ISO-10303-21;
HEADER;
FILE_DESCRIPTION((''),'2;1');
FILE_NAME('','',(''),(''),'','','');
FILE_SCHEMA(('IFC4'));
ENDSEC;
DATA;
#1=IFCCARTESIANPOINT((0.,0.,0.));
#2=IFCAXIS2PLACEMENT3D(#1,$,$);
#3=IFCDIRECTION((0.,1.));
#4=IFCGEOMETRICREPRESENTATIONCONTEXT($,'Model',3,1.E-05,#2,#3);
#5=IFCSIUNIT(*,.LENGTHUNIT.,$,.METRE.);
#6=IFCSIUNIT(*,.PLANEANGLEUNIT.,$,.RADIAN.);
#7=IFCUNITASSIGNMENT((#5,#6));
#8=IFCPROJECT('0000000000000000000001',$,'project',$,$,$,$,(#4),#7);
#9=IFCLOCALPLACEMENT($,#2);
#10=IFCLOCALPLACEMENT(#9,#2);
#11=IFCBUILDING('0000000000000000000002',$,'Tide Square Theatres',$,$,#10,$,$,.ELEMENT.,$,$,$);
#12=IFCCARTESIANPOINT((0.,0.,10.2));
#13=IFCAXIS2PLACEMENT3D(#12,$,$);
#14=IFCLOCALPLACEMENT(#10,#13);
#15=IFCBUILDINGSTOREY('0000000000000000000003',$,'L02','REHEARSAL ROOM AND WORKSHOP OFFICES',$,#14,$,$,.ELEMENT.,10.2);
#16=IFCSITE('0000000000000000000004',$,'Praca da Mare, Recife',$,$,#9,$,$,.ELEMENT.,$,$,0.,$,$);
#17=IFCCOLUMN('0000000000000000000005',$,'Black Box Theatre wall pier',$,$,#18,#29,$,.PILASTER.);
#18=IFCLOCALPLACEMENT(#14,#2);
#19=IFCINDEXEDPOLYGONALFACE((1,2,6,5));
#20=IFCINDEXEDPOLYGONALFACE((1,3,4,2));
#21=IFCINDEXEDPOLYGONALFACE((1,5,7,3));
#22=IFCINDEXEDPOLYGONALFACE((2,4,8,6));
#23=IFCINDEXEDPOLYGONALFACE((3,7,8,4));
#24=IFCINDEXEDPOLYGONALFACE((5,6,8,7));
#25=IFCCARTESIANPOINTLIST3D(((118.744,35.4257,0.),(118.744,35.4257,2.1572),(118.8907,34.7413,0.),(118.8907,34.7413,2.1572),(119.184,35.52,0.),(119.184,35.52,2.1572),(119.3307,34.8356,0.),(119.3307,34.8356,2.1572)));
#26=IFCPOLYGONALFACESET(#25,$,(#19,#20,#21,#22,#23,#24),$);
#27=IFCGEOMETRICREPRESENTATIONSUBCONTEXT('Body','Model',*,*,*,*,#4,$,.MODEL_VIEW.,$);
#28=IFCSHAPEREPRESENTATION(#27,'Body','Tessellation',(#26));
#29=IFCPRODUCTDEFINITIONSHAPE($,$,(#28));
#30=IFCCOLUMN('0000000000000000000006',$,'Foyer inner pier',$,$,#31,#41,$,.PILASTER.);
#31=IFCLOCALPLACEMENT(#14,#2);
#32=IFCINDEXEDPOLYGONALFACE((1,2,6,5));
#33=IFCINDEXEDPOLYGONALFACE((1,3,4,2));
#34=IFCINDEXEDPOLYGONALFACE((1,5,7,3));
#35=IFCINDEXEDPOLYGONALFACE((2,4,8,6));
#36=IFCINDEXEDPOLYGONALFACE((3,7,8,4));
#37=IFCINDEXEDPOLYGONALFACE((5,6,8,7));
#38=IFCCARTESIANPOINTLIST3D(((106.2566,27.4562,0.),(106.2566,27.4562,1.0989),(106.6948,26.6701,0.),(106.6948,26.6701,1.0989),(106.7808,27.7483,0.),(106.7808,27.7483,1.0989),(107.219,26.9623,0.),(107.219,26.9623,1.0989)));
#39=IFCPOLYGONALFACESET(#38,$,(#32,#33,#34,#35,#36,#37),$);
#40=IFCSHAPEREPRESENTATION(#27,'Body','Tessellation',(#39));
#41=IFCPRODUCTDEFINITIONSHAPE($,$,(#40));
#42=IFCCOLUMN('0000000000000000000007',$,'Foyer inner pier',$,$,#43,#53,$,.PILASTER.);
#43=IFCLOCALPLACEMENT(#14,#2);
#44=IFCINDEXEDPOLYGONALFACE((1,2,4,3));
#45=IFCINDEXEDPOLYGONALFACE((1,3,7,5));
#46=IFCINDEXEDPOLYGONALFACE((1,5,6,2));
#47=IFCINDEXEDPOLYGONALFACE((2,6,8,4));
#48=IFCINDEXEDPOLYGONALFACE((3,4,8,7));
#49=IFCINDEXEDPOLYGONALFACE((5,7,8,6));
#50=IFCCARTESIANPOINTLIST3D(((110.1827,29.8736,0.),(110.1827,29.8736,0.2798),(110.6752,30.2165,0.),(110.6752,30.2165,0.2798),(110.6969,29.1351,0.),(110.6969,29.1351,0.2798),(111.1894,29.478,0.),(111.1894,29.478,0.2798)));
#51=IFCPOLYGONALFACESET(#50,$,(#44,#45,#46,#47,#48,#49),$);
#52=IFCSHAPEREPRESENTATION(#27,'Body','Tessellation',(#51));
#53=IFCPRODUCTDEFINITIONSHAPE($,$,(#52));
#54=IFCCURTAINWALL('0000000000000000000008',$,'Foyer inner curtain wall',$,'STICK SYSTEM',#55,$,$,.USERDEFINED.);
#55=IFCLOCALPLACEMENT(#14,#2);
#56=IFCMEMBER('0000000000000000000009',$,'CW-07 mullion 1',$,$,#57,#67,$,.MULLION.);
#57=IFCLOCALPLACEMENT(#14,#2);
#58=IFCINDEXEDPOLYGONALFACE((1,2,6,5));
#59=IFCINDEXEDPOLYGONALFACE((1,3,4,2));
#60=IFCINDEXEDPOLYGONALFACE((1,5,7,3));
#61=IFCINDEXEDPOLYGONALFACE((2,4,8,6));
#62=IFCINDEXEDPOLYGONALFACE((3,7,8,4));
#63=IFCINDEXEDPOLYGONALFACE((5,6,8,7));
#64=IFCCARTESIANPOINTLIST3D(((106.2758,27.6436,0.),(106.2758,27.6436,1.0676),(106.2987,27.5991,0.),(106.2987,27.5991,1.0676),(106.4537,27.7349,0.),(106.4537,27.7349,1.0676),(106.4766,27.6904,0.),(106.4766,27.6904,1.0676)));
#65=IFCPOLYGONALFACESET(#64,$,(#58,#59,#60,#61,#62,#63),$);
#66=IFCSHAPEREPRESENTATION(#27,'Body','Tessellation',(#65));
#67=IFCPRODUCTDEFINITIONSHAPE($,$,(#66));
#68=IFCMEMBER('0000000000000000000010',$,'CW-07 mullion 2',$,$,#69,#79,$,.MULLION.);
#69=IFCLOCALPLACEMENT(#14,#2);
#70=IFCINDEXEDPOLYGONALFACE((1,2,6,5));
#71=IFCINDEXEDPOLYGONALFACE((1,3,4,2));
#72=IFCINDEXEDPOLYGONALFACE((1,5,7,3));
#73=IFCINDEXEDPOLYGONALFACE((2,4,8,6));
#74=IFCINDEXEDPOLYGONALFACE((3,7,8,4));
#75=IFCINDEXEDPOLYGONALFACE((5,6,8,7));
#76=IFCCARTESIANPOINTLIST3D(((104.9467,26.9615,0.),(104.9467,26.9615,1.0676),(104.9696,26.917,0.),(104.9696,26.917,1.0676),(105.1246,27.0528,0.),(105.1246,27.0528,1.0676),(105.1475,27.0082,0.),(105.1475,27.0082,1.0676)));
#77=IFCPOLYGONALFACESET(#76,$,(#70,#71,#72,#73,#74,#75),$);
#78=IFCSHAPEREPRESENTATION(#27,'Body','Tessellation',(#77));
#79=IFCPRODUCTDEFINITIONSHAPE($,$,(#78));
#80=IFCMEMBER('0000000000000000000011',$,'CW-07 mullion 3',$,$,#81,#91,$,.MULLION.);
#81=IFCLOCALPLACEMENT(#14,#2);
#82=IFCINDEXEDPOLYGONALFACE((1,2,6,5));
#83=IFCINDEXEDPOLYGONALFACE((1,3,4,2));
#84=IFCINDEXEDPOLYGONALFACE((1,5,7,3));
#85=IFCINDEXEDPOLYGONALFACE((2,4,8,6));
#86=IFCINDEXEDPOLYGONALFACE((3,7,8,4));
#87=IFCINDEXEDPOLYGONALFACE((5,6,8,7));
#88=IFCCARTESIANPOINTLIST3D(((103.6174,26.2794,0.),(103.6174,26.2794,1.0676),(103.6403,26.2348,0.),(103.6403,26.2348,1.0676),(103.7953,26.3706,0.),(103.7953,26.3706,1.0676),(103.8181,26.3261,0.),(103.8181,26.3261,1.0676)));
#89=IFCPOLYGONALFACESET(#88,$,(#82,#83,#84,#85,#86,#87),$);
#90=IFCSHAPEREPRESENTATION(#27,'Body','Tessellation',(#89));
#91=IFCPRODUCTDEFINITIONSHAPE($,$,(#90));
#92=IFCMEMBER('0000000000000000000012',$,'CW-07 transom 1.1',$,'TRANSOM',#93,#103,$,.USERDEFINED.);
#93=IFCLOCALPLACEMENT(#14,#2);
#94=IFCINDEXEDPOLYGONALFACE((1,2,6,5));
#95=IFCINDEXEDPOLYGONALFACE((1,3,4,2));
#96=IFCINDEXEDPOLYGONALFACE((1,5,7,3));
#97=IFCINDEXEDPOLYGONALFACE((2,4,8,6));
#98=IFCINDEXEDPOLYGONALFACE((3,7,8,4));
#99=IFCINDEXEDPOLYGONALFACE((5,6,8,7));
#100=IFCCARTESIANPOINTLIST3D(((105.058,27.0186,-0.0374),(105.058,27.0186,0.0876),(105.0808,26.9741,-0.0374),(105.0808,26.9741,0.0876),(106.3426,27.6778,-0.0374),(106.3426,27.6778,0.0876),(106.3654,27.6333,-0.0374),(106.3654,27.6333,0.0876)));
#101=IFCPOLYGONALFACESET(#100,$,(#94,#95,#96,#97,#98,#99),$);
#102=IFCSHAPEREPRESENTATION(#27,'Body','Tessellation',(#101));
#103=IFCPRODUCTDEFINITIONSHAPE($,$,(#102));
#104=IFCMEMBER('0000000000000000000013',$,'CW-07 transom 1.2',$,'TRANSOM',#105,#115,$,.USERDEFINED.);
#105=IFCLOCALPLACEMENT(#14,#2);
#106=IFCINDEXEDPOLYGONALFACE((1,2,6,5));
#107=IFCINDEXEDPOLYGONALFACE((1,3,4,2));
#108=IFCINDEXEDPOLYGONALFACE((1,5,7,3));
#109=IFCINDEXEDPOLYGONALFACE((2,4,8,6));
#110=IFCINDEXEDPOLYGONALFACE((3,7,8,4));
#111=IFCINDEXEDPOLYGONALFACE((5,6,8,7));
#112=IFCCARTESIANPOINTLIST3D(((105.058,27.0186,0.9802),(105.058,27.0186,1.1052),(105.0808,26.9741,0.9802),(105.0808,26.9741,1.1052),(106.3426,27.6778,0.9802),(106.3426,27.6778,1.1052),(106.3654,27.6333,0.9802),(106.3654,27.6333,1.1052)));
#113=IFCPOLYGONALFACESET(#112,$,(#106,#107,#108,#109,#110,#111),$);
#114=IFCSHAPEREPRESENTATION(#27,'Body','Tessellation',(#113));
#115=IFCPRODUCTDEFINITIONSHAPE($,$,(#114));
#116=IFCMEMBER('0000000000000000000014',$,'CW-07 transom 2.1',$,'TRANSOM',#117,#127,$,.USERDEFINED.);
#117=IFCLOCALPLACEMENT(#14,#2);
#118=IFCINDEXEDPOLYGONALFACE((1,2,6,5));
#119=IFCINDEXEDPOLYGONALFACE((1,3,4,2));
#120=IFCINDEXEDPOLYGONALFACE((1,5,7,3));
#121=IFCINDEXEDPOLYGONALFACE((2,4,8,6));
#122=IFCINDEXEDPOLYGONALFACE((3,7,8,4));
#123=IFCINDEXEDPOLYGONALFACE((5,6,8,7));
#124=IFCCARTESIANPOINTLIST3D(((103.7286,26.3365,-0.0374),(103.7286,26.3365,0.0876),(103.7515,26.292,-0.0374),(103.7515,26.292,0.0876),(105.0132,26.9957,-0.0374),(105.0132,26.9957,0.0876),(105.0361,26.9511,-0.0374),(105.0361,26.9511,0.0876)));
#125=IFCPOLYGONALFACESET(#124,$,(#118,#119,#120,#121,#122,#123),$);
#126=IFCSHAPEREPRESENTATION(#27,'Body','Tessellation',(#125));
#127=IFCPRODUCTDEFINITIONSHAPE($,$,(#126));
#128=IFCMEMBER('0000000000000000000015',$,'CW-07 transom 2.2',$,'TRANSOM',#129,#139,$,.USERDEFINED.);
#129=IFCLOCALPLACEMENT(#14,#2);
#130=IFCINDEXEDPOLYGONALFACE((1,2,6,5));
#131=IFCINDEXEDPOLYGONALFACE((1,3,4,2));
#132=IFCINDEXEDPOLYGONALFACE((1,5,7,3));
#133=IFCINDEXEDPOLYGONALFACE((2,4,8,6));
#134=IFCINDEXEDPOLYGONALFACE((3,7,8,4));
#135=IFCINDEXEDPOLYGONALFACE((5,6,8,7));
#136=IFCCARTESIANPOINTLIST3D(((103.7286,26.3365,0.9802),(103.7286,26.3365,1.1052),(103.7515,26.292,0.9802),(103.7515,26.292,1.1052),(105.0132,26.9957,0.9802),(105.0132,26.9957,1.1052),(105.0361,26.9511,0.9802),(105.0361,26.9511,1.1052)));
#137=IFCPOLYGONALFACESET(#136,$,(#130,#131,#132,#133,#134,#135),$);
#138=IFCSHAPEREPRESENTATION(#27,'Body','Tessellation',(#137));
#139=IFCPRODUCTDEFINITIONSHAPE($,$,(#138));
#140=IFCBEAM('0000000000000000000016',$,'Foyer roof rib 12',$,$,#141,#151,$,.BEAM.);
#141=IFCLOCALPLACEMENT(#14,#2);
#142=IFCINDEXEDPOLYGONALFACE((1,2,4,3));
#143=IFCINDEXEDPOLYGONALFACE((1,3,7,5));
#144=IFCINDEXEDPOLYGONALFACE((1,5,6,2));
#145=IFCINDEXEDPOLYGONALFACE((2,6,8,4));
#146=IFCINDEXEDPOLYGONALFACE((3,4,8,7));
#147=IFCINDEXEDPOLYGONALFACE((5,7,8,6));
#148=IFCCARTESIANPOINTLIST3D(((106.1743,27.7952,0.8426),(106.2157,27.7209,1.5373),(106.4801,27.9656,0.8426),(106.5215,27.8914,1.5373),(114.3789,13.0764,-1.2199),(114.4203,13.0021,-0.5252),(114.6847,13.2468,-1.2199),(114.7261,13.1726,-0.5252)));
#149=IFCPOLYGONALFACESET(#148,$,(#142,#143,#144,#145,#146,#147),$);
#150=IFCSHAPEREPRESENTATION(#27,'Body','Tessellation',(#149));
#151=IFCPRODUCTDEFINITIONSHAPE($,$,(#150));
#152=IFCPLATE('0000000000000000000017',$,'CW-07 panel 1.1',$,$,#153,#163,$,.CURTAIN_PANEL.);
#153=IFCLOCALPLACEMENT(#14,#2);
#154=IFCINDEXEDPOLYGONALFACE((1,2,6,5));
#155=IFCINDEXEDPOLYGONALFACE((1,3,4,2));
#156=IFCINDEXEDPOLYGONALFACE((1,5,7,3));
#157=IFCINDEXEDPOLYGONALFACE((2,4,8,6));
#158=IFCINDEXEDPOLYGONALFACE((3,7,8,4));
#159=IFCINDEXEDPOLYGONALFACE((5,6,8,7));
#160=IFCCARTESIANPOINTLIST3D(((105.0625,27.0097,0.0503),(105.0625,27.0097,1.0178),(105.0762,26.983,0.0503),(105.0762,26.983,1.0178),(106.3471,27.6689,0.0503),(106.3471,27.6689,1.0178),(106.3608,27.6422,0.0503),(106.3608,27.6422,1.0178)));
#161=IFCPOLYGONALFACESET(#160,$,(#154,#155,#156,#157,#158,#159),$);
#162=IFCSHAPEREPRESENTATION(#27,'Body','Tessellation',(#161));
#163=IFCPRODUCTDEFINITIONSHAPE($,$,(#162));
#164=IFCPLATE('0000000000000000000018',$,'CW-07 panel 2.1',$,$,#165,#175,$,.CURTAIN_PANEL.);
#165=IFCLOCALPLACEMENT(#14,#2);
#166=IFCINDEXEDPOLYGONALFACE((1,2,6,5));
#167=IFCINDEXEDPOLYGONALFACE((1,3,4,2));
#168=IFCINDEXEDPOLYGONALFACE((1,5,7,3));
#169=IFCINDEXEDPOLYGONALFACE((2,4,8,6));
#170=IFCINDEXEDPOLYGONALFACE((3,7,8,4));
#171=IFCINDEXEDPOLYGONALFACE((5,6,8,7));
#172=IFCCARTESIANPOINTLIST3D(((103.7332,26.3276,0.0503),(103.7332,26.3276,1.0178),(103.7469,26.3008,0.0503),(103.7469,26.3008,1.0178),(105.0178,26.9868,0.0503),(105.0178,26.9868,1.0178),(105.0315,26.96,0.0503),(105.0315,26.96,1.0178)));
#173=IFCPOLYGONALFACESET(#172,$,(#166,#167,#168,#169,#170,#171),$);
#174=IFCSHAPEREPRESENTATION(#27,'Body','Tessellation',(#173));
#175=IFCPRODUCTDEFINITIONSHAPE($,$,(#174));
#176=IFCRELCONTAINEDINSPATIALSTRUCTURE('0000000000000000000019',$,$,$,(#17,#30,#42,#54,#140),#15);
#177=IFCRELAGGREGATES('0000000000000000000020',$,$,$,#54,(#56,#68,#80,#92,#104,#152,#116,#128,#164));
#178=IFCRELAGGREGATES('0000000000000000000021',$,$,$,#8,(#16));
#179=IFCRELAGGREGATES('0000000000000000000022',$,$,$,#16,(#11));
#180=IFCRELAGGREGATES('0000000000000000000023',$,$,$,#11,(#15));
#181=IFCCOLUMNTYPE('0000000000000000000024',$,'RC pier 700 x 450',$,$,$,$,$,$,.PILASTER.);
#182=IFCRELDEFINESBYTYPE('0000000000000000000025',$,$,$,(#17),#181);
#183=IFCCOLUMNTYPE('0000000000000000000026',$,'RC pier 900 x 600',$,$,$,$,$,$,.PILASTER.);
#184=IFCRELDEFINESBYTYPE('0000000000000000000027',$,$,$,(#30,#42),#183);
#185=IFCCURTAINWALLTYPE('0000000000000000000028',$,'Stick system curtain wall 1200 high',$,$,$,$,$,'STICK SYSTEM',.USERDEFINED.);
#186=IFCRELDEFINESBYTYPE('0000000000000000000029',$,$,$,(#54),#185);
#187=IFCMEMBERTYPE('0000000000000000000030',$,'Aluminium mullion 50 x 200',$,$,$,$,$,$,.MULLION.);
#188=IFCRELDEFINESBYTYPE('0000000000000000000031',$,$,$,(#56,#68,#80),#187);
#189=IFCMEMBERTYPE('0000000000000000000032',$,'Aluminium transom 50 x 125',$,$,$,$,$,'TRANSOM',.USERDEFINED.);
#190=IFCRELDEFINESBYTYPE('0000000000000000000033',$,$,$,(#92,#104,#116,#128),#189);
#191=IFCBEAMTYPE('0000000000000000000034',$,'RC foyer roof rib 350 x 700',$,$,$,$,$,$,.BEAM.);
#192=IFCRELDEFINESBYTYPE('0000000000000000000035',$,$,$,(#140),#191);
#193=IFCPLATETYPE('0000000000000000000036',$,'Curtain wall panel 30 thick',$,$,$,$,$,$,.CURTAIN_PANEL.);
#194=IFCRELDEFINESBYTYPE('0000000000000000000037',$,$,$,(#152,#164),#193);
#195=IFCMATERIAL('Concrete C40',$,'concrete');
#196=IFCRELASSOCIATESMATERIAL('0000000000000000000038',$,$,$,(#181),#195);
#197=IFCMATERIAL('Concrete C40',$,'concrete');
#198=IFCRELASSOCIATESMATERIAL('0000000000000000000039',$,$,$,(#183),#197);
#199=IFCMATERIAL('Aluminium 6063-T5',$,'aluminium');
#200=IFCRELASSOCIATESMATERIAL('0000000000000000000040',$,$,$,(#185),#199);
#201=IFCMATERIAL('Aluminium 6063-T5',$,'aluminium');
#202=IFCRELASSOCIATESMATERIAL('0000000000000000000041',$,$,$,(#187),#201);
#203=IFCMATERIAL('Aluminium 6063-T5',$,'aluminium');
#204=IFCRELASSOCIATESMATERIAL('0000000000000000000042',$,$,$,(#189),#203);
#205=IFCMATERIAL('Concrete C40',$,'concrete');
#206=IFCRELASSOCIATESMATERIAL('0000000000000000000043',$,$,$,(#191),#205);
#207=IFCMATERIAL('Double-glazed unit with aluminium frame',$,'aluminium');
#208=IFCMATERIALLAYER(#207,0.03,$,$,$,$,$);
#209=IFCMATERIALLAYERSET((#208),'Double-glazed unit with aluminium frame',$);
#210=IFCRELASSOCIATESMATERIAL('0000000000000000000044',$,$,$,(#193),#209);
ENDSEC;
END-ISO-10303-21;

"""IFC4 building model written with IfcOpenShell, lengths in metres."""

from ifc_helpers import new_model, si_unit, direction, frame, origin, origin_2d, place, context, subcontext, project, spatial, rectangle, extrude, material, layer, layer_set, material_profile, profile_set, type_object, element, aggregate, save


model = new_model("IFC4")

# Units and contexts
model_context = context("Model", 3, precision=1e-05, world=origin(), true_north=direction((0.0, 1.0)))
body_context = subcontext(model_context, "Body", "Model", "MODEL_VIEW")
ifc_project = project(units=[si_unit("LENGTHUNIT", "METRE"), si_unit("PLANEANGLEUNIT", "RADIAN")], contexts=[model_context])

# Site, building, storey
site_placement = place(None, origin())
site = spatial("IfcSite", under=ifc_project, at=site_placement, Name="Praca da Mare, Recife", CompositionType="ELEMENT", RefElevation=0.0)
building_placement = place(site_placement, origin())
building = spatial("IfcBuilding", under=site, at=building_placement, Name="Tide Square Theatres", CompositionType="ELEMENT")
storey_placement = place(building_placement, frame((0.0, 0.0, 10.2)))
storey = spatial("IfcBuildingStorey", under=building, at=storey_placement, Name="L02", Description="REHEARSAL ROOM AND WORKSHOP OFFICES", CompositionType="ELEMENT", Elevation=10.2)

# Columns
ifc_material_1 = material(Name="Concrete C40", Category="concrete")
ifc_material_profile_1 = material_profile(ifc_material_1, rectangle(XDim=0.7, YDim=0.45, at=origin_2d()))
ifc_profile_set_1 = profile_set([ifc_material_profile_1], Name="Concrete C40")
column_type_1 = type_object("IfcColumnType", Name="RC pier 700 x 450", PredefinedType="PILASTER", material=ifc_profile_set_1)
column_1_placement = place(storey_placement, frame((119.0374, 35.1306, 0.0), z_axis=(0.0, 0.0, 1.0), x_axis=(0.209561, -0.977796, 0.0)))
element("IfcColumn", 1, at=column_1_placement, inside=storey, type_object=column_type_1, Name="Black Box Theatre wall pier", PredefinedType="PILASTER", context=body_context, shape_type="SweptSolid", body=[
    extrude(rectangle(XDim=0.7, YDim=0.45, at=origin_2d()), origin(), (0.0, 0.0, 1.0), 2.1572),
])
ifc_material_2 = material(Name="Concrete C40", Category="concrete")
ifc_material_profile_2 = material_profile(ifc_material_2, rectangle(XDim=0.8999, YDim=0.6001, at=origin_2d()))
ifc_profile_set_2 = profile_set([ifc_material_profile_2], Name="Concrete C40")
column_type_2 = type_object("IfcColumnType", Name="RC pier 900 x 600", PredefinedType="PILASTER", material=ifc_profile_set_2)
column_2_placement = place(storey_placement, frame((106.7378, 27.2092, 0.0), z_axis=(0.0, 0.0, 1.0), x_axis=(0.486889, -0.873464, 0.0)))
element("IfcColumn", 2, at=column_2_placement, inside=storey, type_object=column_type_2, Name="Foyer inner pier", PredefinedType="PILASTER", context=body_context, shape_type="SweptSolid", body=[
    extrude(rectangle(XDim=0.8999, YDim=0.6001, at=origin_2d()), origin(), (0.0, 0.0, 1.0), 1.0989),
])
column_3_placement = place(storey_placement, frame((110.686, 29.6758, 0.0), z_axis=(0.0, 0.0, 1.0), x_axis=(0.571434, -0.820648, 0.0)))
element("IfcColumn", 3, at=column_3_placement, inside=storey, type_object=column_type_2, Name="Foyer inner pier", PredefinedType="PILASTER", context=body_context, shape_type="SweptSolid", body=[
    extrude(rectangle(XDim=0.8999, YDim=0.6001, at=origin_2d()), origin(), (0.0, 0.0, 1.0), 0.2798),
])

# Curtain wall, members
ifc_material_3 = material(Name="Aluminium 6063-T5", Category="aluminium")
curtain_wall_type = type_object("IfcCurtainWallType", Name="Stick system curtain wall 1200 high", ElementType="STICK SYSTEM", PredefinedType="USERDEFINED", material=ifc_material_3)
curtain_wall_placement = place(storey_placement, origin())
curtain_wall = element("IfcCurtainWall", 4, at=curtain_wall_placement, inside=storey, type_object=curtain_wall_type, Name="Foyer inner curtain wall", ObjectType="STICK SYSTEM", PredefinedType="USERDEFINED")
ifc_material_4 = material(Name="Aluminium 6063-T5", Category="aluminium")
ifc_material_profile_3 = material_profile(ifc_material_4, rectangle(XDim=0.05, YDim=0.2, at=origin_2d()))
ifc_profile_set_3 = profile_set([ifc_material_profile_3], Name="Aluminium 6063-T5")
member_type_1 = type_object("IfcMemberType", Name="Aluminium mullion 50 x 200", PredefinedType="MULLION", material=ifc_profile_set_3)
member_1_placement = place(storey_placement, frame((106.3762, 27.667, 0.0), z_axis=(0.0, 0.0, 1.0), x_axis=(0.456564, -0.889691, 0.0)))
member_1 = element("IfcMember", 5, at=member_1_placement, type_object=member_type_1, Name="CW-07 mullion 1", PredefinedType="MULLION", context=body_context, shape_type="SweptSolid", body=[
    extrude(rectangle(XDim=0.05, YDim=0.2, at=origin_2d()), origin(), (0.0, 0.0, 1.0), 1.0676),
])
member_2_placement = place(storey_placement, frame((105.0471, 26.9849, 0.0), z_axis=(0.0, 0.0, 1.0), x_axis=(0.456564, -0.889691, 0.0)))
member_2 = element("IfcMember", 6, at=member_2_placement, type_object=member_type_1, Name="CW-07 mullion 2", PredefinedType="MULLION", context=body_context, shape_type="SweptSolid", body=[
    extrude(rectangle(XDim=0.05, YDim=0.2, at=origin_2d()), origin(), (0.0, 0.0, 1.0), 1.0676),
])
member_3_placement = place(storey_placement, frame((103.7178, 26.3027, 0.0), z_axis=(0.0, 0.0, 1.0), x_axis=(0.456564, -0.889691, 0.0)))
member_3 = element("IfcMember", 7, at=member_3_placement, type_object=member_type_1, Name="CW-07 mullion 3", PredefinedType="MULLION", context=body_context, shape_type="SweptSolid", body=[
    extrude(rectangle(XDim=0.05, YDim=0.2, at=origin_2d()), origin(), (0.0, 0.0, 1.0), 1.0676),
])
ifc_material_5 = material(Name="Aluminium 6063-T5", Category="aluminium")
ifc_material_profile_4 = material_profile(ifc_material_5, rectangle(XDim=0.05, YDim=0.125, at=origin_2d()))
ifc_profile_set_4 = profile_set([ifc_material_profile_4], Name="Aluminium 6063-T5")
member_type_2 = type_object("IfcMemberType", Name="Aluminium transom 50 x 125", ElementType="TRANSOM", PredefinedType="USERDEFINED", material=ifc_profile_set_4)
member_4_placement = place(storey_placement, frame((106.354, 27.6555, 0.0251), z_axis=(-0.889712, -0.456523, 0.0), x_axis=(0.456523, -0.889712, 0.0)))
member_4 = element("IfcMember", 8, at=member_4_placement, type_object=member_type_2, Name="CW-07 transom 1.1", ObjectType="TRANSOM", PredefinedType="USERDEFINED", context=body_context, shape_type="SweptSolid", body=[
    extrude(rectangle(XDim=0.05, YDim=0.125, at=origin_2d()), origin(), (0.0, 0.0, 1.0), 1.4438),
])
member_5_placement = place(storey_placement, frame((106.354, 27.6555, 1.0427), z_axis=(-0.889712, -0.456523, 0.0), x_axis=(0.456523, -0.889712, 0.0)))
member_5 = element("IfcMember", 9, at=member_5_placement, type_object=member_type_2, Name="CW-07 transom 1.2", ObjectType="TRANSOM", PredefinedType="USERDEFINED", context=body_context, shape_type="SweptSolid", body=[
    extrude(rectangle(XDim=0.05, YDim=0.125, at=origin_2d()), origin(), (0.0, 0.0, 1.0), 1.4438),
])
member_6_placement = place(storey_placement, frame((105.0247, 26.9734, 0.0251), z_axis=(-0.889712, -0.456523, 0.0), x_axis=(0.456523, -0.889712, 0.0)))
member_6 = element("IfcMember", 10, at=member_6_placement, type_object=member_type_2, Name="CW-07 transom 2.1", ObjectType="TRANSOM", PredefinedType="USERDEFINED", context=body_context, shape_type="SweptSolid", body=[
    extrude(rectangle(XDim=0.05, YDim=0.125, at=origin_2d()), origin(), (0.0, 0.0, 1.0), 1.4438),
])
member_7_placement = place(storey_placement, frame((105.0247, 26.9734, 1.0427), z_axis=(-0.889712, -0.456523, 0.0), x_axis=(0.456523, -0.889712, 0.0)))
member_7 = element("IfcMember", 11, at=member_7_placement, type_object=member_type_2, Name="CW-07 transom 2.2", ObjectType="TRANSOM", PredefinedType="USERDEFINED", context=body_context, shape_type="SweptSolid", body=[
    extrude(rectangle(XDim=0.05, YDim=0.125, at=origin_2d()), origin(), (0.0, 0.0, 1.0), 1.4438),
])

# Beam
ifc_material_6 = material(Name="Concrete C40", Category="concrete")
ifc_material_profile_5 = material_profile(ifc_material_6, rectangle(XDim=0.3501, YDim=0.7, at=origin_2d()))
ifc_profile_set_5 = profile_set([ifc_material_profile_5], Name="Concrete C40")
beam_type = type_object("IfcBeamType", Name="RC foyer roof rib 350 x 700", PredefinedType="BEAM", material=ifc_profile_set_5)
beam_placement = place(storey_placement, frame((106.3479, 27.8433, 1.1899), z_axis=(0.483283, -0.866993, -0.12149), x_axis=(0.873463, 0.48689, 0.0)))
element("IfcBeam", 12, at=beam_placement, inside=storey, type_object=beam_type, Name="Foyer roof rib 12", PredefinedType="BEAM", context=body_context, shape_type="SweptSolid", body=[
    extrude(rectangle(XDim=0.3501, YDim=0.7, at=origin_2d()), origin(), (0.0, 0.0, 1.0), 16.9768),
])

# Plates
ifc_material_7 = material(Name="Double-glazed unit with aluminium frame", Category="aluminium")
ifc_layer_1 = layer(ifc_material_7, 0.03)
ifc_layer_set_1 = layer_set([ifc_layer_1], Name="Double-glazed unit with aluminium frame")
plate_type = type_object("IfcPlateType", Name="Curtain wall panel 30 thick", PredefinedType="CURTAIN_PANEL", material=ifc_layer_set_1)
plate_1_placement = place(storey_placement, frame((105.7117, 27.3259, 0.0503), z_axis=(0.0, 0.0, 1.0), x_axis=(-0.889691, -0.456564, 0.0)))
plate_1 = element("IfcPlate", 13, at=plate_1_placement, type_object=plate_type, Name="CW-07 panel 1.1", PredefinedType="CURTAIN_PANEL", context=body_context, shape_type="SweptSolid", body=[
    extrude(rectangle(XDim=1.4438, YDim=0.03, at=origin_2d()), origin(), (0.0, 0.0, 1.0), 0.9675),
])
plate_2_placement = place(storey_placement, frame((104.3823, 26.6438, 0.0503), z_axis=(0.0, 0.0, 1.0), x_axis=(-0.889691, -0.456564, 0.0)))
plate_2 = element("IfcPlate", 14, at=plate_2_placement, type_object=plate_type, Name="CW-07 panel 2.1", PredefinedType="CURTAIN_PANEL", context=body_context, shape_type="SweptSolid", body=[
    extrude(rectangle(XDim=1.4438, YDim=0.03, at=origin_2d()), origin(), (0.0, 0.0, 1.0), 0.9675),
])
aggregate(curtain_wall, [member_1, member_2, member_3, member_4, member_5, plate_1, member_6, member_7, plate_2])

save(model, "model.ifc")
